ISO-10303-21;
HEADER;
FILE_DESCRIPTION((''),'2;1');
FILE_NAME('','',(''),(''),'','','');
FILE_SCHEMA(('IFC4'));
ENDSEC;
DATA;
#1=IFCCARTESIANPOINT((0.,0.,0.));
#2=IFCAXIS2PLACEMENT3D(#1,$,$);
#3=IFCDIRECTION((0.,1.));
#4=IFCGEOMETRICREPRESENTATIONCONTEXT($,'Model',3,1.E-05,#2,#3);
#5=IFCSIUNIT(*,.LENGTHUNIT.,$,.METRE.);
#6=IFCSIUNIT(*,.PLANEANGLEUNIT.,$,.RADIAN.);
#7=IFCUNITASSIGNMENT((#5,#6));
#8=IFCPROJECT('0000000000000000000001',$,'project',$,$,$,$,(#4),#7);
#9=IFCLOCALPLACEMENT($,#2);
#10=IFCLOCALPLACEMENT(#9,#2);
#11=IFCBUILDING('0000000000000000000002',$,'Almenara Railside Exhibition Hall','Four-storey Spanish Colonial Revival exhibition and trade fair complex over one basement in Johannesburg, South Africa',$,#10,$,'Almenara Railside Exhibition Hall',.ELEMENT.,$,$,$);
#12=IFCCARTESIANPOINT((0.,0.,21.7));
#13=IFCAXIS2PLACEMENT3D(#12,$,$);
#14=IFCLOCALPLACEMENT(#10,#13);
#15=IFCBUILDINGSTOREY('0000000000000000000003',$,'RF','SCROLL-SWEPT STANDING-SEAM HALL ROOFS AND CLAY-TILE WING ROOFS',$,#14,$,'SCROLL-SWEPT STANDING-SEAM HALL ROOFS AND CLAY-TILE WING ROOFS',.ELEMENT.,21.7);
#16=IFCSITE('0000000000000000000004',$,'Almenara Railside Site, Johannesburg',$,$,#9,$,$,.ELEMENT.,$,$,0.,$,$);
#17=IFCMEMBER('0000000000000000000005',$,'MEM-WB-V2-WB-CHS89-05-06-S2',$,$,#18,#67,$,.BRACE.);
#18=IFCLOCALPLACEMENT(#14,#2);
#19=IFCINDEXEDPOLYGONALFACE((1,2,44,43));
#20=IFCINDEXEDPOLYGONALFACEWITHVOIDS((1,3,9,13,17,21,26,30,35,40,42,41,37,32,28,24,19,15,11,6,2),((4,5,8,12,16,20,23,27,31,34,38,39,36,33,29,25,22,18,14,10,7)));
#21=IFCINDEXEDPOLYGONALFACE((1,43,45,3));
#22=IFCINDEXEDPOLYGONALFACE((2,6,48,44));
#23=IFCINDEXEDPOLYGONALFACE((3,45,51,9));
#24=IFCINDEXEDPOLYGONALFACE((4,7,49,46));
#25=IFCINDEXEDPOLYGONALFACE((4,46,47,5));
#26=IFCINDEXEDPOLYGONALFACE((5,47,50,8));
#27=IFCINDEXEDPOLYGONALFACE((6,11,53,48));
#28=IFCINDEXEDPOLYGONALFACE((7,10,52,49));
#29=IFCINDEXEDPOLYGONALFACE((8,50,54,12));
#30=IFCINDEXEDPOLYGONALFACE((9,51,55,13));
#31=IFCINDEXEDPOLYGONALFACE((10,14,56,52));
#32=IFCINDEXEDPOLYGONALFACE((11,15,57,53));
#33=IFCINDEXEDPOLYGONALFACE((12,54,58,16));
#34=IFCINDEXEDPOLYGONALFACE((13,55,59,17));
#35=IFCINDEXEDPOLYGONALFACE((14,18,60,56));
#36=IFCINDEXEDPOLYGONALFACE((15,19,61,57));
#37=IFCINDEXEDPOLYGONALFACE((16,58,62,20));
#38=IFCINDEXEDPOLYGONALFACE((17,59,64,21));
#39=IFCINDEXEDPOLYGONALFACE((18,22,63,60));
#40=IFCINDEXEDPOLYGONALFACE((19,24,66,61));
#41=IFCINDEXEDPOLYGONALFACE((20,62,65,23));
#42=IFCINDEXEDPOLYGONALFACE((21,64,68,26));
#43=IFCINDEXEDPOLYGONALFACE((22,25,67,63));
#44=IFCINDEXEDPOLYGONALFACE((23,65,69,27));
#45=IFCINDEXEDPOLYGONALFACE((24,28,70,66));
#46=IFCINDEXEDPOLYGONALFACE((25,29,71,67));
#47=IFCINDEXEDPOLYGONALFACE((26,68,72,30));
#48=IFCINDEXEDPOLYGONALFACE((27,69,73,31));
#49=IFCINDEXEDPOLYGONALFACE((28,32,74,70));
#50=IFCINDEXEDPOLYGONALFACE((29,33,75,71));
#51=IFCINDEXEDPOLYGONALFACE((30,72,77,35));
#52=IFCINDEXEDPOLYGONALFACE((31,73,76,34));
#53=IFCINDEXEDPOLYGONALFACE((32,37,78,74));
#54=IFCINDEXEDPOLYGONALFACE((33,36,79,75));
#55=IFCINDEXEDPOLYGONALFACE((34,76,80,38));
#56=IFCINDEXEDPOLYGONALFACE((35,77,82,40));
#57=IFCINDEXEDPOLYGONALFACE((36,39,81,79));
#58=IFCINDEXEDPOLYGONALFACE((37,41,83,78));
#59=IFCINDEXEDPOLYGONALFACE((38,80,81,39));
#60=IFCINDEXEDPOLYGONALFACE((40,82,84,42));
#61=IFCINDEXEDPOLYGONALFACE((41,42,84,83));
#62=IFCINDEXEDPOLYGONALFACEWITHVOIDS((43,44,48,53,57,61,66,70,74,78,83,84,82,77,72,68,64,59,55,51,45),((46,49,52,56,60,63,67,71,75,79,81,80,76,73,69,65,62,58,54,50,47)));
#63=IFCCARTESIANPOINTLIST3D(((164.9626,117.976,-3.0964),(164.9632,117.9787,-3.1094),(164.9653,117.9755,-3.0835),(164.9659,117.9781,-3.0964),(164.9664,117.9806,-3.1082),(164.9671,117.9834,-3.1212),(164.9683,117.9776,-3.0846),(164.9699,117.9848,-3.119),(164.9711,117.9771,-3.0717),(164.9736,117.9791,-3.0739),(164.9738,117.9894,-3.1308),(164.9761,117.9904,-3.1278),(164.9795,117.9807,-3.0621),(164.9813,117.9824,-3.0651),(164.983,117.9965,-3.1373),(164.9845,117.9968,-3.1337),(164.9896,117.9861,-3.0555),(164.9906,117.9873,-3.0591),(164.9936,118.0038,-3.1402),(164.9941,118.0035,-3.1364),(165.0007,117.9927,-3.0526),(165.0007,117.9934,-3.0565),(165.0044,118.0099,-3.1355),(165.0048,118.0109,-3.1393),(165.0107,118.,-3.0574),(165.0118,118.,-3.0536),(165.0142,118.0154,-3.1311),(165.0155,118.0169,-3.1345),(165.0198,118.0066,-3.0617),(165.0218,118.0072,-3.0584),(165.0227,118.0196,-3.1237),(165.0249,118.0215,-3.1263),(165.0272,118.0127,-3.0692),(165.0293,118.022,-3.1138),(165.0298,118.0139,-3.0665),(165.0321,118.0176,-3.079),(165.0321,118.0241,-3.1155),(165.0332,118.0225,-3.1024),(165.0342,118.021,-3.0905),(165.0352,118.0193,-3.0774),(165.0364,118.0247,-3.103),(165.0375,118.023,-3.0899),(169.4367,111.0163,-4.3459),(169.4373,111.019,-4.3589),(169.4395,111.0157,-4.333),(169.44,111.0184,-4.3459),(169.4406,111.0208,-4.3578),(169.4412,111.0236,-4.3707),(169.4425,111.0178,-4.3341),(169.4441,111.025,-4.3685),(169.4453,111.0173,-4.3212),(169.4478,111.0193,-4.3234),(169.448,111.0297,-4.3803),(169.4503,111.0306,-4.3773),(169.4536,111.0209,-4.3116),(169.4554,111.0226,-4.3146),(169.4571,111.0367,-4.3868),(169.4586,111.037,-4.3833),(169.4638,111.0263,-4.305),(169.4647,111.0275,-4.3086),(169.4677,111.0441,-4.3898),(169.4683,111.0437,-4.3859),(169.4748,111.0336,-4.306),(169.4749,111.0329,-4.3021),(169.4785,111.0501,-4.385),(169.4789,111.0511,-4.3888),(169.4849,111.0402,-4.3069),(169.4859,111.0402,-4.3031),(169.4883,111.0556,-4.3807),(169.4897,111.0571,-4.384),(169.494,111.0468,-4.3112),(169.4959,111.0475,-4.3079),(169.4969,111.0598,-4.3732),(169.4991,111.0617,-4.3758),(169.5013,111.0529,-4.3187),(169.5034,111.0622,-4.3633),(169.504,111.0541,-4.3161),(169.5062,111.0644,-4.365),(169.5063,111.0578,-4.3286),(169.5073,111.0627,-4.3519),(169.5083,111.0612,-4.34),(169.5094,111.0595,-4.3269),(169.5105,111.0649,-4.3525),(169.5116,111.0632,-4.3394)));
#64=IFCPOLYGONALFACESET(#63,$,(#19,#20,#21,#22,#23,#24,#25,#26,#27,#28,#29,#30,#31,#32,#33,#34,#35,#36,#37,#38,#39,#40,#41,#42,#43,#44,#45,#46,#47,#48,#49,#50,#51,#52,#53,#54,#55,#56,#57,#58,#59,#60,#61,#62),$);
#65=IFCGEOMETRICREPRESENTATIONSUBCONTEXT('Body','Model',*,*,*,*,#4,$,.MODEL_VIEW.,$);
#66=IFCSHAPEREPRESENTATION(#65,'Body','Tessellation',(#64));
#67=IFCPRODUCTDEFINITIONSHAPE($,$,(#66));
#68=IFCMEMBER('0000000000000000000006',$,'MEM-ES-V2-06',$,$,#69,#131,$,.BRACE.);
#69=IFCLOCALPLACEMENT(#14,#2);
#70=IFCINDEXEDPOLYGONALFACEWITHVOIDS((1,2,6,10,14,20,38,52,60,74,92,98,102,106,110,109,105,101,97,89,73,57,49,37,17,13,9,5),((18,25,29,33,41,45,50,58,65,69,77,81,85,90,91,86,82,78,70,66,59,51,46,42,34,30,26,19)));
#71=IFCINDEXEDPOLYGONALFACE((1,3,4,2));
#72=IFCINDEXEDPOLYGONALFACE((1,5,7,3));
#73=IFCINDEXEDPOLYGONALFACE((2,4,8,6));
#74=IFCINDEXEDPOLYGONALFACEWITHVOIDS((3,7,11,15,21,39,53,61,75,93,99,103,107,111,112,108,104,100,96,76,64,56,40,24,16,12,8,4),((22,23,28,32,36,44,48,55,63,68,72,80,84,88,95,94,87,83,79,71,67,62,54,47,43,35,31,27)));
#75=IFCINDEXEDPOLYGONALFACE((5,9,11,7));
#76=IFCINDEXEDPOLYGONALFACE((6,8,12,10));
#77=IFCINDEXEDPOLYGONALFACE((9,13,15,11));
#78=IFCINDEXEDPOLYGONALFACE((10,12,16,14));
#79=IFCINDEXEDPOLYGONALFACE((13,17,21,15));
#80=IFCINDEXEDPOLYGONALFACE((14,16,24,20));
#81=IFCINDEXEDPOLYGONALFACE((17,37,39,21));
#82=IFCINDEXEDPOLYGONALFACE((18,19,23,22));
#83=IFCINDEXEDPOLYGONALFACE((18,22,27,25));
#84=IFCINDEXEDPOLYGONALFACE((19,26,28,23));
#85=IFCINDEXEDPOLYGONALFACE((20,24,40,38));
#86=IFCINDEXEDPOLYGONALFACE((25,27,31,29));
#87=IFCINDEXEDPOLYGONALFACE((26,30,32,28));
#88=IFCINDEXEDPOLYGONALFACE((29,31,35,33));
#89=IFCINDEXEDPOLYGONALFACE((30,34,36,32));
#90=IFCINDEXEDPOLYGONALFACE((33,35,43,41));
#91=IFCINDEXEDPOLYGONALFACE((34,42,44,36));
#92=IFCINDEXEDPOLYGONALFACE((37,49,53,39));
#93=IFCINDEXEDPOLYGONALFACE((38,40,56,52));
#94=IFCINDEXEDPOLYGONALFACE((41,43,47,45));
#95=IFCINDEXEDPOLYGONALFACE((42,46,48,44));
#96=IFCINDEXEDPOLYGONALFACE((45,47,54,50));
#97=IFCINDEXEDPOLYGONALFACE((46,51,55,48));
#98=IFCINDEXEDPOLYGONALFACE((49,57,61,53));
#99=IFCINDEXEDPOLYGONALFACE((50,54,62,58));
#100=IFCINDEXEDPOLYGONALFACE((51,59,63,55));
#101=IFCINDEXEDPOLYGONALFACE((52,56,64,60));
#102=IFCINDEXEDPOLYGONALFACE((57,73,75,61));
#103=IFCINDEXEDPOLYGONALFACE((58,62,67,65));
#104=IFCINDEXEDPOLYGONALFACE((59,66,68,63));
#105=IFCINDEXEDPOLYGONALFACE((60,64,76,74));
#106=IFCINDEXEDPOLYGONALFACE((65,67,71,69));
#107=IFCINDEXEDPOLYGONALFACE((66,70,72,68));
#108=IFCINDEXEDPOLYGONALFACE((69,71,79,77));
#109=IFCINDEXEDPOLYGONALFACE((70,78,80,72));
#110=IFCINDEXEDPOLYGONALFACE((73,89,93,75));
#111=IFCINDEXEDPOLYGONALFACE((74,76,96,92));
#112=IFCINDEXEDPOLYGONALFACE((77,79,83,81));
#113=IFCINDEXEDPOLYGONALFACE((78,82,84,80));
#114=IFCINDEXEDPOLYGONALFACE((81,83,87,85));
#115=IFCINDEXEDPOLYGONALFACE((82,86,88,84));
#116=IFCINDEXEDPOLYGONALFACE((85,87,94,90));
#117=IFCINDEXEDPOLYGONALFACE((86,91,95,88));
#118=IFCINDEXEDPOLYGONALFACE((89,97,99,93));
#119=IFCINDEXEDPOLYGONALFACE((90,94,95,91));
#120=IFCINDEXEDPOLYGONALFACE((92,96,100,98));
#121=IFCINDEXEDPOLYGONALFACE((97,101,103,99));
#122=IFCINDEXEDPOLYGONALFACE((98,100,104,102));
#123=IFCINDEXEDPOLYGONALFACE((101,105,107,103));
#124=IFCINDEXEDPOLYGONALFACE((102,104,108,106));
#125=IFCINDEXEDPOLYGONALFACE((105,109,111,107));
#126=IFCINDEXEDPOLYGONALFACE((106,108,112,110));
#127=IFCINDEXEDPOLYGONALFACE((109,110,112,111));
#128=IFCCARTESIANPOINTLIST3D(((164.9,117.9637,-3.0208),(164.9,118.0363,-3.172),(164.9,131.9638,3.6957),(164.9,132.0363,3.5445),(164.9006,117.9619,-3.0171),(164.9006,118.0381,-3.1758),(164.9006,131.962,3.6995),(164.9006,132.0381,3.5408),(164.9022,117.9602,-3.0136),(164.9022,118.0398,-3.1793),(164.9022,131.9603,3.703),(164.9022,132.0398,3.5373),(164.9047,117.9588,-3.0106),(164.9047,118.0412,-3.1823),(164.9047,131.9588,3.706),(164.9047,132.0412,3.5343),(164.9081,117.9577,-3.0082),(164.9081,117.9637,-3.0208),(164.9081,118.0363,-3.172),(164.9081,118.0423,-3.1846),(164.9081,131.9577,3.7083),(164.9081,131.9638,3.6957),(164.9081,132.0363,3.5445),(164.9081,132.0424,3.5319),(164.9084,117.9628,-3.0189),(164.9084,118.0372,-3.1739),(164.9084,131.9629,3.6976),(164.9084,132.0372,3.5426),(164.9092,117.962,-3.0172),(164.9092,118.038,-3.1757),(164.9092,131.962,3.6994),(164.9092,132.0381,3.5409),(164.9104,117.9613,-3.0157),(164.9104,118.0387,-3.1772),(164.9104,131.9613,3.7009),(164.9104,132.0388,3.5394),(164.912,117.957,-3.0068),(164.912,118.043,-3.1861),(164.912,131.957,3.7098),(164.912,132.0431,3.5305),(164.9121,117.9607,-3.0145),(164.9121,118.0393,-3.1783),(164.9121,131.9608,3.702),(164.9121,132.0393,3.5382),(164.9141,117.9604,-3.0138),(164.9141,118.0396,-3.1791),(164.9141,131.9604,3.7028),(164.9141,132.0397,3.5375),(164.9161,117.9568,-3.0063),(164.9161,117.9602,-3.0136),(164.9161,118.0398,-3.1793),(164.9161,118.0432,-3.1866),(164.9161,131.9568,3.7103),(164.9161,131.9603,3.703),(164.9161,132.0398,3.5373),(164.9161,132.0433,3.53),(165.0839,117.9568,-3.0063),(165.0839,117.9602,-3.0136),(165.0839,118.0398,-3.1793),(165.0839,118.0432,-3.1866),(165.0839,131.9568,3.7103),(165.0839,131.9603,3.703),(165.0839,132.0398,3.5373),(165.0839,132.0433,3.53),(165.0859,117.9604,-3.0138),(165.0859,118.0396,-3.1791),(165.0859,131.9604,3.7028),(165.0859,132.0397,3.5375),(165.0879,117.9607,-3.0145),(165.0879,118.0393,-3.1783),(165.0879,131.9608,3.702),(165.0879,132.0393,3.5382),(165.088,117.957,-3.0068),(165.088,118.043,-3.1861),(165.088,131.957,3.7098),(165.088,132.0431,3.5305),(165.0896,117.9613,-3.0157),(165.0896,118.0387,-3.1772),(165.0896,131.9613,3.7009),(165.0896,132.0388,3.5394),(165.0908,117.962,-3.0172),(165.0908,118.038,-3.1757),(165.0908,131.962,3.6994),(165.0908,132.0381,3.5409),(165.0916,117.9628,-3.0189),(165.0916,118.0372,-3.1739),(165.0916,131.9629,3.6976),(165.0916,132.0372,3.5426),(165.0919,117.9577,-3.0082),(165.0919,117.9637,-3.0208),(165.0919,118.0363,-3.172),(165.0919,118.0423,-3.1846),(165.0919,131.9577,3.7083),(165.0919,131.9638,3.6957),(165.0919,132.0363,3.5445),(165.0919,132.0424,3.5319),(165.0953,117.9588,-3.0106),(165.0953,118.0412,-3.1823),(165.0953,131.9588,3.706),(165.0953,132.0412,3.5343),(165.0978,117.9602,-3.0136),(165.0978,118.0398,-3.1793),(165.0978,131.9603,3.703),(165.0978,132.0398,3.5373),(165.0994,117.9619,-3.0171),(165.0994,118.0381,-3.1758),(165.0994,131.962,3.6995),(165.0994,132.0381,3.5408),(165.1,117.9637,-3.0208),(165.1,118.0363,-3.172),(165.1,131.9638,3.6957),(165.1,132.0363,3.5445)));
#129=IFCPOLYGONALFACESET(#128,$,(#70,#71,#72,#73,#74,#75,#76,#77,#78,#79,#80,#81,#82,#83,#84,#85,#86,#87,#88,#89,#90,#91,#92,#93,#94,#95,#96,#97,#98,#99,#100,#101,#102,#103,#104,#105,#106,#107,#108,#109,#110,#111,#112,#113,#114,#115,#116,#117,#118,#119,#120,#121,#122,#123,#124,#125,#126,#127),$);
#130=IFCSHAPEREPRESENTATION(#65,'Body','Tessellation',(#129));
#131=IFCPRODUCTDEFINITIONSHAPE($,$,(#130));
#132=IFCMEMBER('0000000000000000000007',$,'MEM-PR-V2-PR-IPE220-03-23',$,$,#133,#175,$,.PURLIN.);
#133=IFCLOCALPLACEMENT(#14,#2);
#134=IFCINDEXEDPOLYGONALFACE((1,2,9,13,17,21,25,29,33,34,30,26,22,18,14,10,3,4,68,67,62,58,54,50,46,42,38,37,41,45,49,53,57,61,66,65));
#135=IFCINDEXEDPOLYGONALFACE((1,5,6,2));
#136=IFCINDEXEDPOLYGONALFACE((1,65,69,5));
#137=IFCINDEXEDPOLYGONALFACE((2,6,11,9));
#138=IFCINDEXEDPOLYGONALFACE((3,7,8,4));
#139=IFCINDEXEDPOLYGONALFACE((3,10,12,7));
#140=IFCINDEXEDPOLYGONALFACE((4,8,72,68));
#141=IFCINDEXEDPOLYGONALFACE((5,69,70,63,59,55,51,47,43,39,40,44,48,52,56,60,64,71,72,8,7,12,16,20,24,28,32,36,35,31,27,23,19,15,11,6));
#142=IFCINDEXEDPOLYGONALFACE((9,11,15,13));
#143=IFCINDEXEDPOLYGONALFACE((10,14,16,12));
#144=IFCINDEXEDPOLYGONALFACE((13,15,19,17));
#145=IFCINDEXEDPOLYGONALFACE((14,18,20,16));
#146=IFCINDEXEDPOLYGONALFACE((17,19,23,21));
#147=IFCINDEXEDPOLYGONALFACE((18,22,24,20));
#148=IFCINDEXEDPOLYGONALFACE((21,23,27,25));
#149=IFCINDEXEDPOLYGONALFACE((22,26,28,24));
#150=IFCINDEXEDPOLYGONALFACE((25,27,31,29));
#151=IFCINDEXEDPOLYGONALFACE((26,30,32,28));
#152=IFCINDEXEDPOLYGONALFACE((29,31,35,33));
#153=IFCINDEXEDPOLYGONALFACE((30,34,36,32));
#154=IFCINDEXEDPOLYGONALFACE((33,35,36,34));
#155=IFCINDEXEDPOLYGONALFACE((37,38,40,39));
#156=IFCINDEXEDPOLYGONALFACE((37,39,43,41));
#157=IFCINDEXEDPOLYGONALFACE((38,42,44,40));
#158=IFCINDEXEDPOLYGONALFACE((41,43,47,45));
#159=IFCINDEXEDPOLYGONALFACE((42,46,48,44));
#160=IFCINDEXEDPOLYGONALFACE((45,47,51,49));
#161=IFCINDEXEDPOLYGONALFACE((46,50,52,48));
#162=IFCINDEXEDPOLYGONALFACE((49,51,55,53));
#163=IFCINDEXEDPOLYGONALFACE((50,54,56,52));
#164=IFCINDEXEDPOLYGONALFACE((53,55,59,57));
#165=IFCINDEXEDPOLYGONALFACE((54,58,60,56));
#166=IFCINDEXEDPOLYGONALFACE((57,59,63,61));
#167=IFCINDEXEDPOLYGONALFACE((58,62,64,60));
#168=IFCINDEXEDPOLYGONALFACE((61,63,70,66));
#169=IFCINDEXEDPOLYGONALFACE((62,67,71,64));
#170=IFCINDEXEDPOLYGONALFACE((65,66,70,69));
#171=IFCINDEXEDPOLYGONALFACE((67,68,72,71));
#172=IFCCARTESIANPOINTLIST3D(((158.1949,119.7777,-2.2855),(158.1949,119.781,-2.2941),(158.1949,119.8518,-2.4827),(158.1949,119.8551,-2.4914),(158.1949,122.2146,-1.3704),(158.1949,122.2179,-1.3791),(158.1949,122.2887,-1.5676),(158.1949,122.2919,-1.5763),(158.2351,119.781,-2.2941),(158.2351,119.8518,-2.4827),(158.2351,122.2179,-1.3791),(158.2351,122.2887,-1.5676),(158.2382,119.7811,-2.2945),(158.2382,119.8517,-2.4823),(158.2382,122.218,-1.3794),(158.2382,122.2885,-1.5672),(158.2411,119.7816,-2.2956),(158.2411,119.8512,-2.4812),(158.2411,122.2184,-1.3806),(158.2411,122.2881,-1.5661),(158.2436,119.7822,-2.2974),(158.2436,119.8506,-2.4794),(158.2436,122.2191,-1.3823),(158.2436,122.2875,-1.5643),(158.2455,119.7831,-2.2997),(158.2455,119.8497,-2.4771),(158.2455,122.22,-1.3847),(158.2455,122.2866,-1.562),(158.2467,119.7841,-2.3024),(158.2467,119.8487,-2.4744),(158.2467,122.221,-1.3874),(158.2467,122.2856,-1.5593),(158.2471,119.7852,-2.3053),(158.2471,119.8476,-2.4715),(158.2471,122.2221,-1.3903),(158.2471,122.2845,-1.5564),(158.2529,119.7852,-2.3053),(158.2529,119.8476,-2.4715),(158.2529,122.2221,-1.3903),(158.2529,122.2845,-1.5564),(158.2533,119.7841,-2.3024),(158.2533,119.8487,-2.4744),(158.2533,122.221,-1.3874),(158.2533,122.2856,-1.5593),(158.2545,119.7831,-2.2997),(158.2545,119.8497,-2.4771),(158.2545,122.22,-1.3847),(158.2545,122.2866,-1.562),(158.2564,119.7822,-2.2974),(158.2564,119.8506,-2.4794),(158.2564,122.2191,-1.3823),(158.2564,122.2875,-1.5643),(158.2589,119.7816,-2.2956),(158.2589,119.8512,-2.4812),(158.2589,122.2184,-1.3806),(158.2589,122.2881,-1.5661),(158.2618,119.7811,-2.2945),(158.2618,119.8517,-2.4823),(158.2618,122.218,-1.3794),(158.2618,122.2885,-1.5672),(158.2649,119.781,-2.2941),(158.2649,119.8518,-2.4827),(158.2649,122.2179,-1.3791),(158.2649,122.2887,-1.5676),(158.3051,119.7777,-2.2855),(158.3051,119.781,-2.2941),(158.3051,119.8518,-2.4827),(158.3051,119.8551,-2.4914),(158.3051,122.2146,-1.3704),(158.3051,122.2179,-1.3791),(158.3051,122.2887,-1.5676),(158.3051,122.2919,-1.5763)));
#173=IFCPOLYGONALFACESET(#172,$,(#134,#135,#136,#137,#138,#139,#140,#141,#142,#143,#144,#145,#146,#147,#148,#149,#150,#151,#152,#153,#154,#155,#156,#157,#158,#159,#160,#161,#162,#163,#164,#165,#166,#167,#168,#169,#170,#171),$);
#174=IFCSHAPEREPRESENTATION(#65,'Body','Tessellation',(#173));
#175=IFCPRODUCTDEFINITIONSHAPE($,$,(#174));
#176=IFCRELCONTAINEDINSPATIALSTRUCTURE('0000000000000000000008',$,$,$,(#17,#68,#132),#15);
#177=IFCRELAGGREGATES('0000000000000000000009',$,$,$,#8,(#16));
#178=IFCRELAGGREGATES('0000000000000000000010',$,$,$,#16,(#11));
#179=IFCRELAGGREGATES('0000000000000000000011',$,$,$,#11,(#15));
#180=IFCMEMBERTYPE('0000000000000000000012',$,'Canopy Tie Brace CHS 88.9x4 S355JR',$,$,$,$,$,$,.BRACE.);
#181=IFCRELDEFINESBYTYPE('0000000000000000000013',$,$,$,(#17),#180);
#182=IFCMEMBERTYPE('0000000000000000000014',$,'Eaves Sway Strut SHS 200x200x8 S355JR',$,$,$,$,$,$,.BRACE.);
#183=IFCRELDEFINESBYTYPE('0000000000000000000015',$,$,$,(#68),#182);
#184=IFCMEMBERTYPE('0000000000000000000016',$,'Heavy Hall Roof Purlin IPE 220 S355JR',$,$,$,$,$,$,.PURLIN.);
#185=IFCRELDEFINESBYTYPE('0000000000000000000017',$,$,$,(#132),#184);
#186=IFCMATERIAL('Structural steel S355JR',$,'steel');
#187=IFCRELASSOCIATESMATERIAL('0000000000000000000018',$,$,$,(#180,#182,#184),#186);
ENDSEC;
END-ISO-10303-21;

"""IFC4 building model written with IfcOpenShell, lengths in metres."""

from ifc_helpers import new_model, si_unit, direction, frame, origin, origin_2d, place, context, subcontext, project, spatial, hollow_rectangle, hollow_circle, i_section, extrude, material, material_profile, profile_set, type_object, element, save


model = new_model("IFC4")

# Units and contexts
model_context = context("Model", 3, precision=1e-05, world=origin(), true_north=direction((0.0, 1.0)))
body_context = subcontext(model_context, "Body", "Model", "MODEL_VIEW")
ifc_project = project(units=[si_unit("LENGTHUNIT", "METRE"), si_unit("PLANEANGLEUNIT", "RADIAN")], contexts=[model_context])

# Site, building, storey
site_placement = place(None, origin())
site = spatial("IfcSite", under=ifc_project, at=site_placement, Name="Almenara Railside Site, Johannesburg", CompositionType="ELEMENT", RefElevation=0.0)
building_placement = place(site_placement, origin())
building = spatial("IfcBuilding", under=site, at=building_placement, Name="Almenara Railside Exhibition Hall", Description="Four-storey Spanish Colonial Revival exhibition and trade fair complex over one basement in Johannesburg, South Africa", LongName="Almenara Railside Exhibition Hall", CompositionType="ELEMENT")
storey_placement = place(building_placement, frame((0.0, 0.0, 21.7)))
storey = spatial("IfcBuildingStorey", under=building, at=storey_placement, Name="RF", Description="SCROLL-SWEPT STANDING-SEAM HALL ROOFS AND CLAY-TILE WING ROOFS", LongName="SCROLL-SWEPT STANDING-SEAM HALL ROOFS AND CLAY-TILE WING ROOFS", CompositionType="ELEMENT", Elevation=21.7)

# Members
ifc_material_1 = material(Name="Structural steel S355JR", Category="steel")
ifc_material_profile_1 = material_profile(ifc_material_1, hollow_circle(Radius=0.0444, WallThickness=0.0039, at=origin_2d()), Name="CHS 88.9x4")
ifc_profile_set_1 = profile_set([ifc_material_profile_1], Name="Structural steel S355JR")
member_type_1 = type_object("IfcMemberType", Name="Canopy Tie Brace CHS 88.9x4 S355JR", PredefinedType="BRACE", material=ifc_profile_set_1)
member_1_placement = place(storey_placement, frame((169.4741, 111.0403, -4.3459), z_axis=(-0.534696, 0.831746, 0.149327), x_axis=(-0.841178, -0.540759, 0.0)))
element("IfcMember", 1, at=member_1_placement, inside=storey, type_object=member_type_1, Name="MEM-WB-V2-WB-CHS89-05-06-S2", PredefinedType="BRACE", context=body_context, shape_type="SweptSolid", body=[
    extrude(hollow_circle(Radius=0.0444, WallThickness=0.0039, at=origin_2d()), origin(), (0.0, 0.0, 1.0), 8.3677),
])
ifc_material_profile_2 = material_profile(ifc_material_1, hollow_rectangle(XDim=0.2, YDim=0.2, WallThickness=0.0081, InnerFilletRadius=0.0081, OuterFilletRadius=0.0161, at=origin_2d()), Name="SHS 200x200x8")
ifc_profile_set_2 = profile_set([ifc_material_profile_2], Name="Structural steel S355JR")
member_type_2 = type_object("IfcMemberType", Name="Eaves Sway Strut SHS 200x200x8 S355JR", PredefinedType="BRACE", material=ifc_profile_set_2)
member_2_placement = place(storey_placement, frame((165.0, 118.0, -3.0964), z_axis=(0.0, 0.90161, 0.432551), x_axis=(-1.0, 0.0, 0.0)))
element("IfcMember", 2, at=member_2_placement, inside=storey, type_object=member_type_2, Name="MEM-ES-V2-06", PredefinedType="BRACE", context=body_context, shape_type="SweptSolid", body=[
    extrude(hollow_rectangle(XDim=0.2, YDim=0.2, WallThickness=0.0081, InnerFilletRadius=0.0081, OuterFilletRadius=0.0161, at=origin_2d()), origin(), (0.0, 0.0, 1.0), 15.5278),
])
ifc_material_profile_3 = material_profile(ifc_material_1, i_section(OverallWidth=0.1101, OverallDepth=0.22, WebThickness=0.0059, FlangeThickness=0.0093, FilletRadius=0.012, at=origin_2d()), Name="IPE 220")
ifc_profile_set_3 = profile_set([ifc_material_profile_3], Name="Structural steel S355JR")
member_type_3 = type_object("IfcMemberType", Name="Heavy Hall Roof Purlin IPE 220 S355JR", PredefinedType="PURLIN", material=ifc_profile_set_3)
member_3_placement = place(storey_placement, frame((158.25, 119.8164, -2.3884), z_axis=(0.0, 0.936171, 0.351545), x_axis=(-1.0, 0.0, 0.0)))
element("IfcMember", 3, at=member_3_placement, inside=storey, type_object=member_type_3, Name="MEM-PR-V2-PR-IPE220-03-23", PredefinedType="PURLIN", context=body_context, shape_type="SweptSolid", body=[
    extrude(i_section(OverallWidth=0.1101, OverallDepth=0.22, WebThickness=0.0059, FlangeThickness=0.0093, FilletRadius=0.012, at=origin_2d()), origin(), (0.0, 0.0, 1.0), 2.603),
])

save(model, "model.ifc")
